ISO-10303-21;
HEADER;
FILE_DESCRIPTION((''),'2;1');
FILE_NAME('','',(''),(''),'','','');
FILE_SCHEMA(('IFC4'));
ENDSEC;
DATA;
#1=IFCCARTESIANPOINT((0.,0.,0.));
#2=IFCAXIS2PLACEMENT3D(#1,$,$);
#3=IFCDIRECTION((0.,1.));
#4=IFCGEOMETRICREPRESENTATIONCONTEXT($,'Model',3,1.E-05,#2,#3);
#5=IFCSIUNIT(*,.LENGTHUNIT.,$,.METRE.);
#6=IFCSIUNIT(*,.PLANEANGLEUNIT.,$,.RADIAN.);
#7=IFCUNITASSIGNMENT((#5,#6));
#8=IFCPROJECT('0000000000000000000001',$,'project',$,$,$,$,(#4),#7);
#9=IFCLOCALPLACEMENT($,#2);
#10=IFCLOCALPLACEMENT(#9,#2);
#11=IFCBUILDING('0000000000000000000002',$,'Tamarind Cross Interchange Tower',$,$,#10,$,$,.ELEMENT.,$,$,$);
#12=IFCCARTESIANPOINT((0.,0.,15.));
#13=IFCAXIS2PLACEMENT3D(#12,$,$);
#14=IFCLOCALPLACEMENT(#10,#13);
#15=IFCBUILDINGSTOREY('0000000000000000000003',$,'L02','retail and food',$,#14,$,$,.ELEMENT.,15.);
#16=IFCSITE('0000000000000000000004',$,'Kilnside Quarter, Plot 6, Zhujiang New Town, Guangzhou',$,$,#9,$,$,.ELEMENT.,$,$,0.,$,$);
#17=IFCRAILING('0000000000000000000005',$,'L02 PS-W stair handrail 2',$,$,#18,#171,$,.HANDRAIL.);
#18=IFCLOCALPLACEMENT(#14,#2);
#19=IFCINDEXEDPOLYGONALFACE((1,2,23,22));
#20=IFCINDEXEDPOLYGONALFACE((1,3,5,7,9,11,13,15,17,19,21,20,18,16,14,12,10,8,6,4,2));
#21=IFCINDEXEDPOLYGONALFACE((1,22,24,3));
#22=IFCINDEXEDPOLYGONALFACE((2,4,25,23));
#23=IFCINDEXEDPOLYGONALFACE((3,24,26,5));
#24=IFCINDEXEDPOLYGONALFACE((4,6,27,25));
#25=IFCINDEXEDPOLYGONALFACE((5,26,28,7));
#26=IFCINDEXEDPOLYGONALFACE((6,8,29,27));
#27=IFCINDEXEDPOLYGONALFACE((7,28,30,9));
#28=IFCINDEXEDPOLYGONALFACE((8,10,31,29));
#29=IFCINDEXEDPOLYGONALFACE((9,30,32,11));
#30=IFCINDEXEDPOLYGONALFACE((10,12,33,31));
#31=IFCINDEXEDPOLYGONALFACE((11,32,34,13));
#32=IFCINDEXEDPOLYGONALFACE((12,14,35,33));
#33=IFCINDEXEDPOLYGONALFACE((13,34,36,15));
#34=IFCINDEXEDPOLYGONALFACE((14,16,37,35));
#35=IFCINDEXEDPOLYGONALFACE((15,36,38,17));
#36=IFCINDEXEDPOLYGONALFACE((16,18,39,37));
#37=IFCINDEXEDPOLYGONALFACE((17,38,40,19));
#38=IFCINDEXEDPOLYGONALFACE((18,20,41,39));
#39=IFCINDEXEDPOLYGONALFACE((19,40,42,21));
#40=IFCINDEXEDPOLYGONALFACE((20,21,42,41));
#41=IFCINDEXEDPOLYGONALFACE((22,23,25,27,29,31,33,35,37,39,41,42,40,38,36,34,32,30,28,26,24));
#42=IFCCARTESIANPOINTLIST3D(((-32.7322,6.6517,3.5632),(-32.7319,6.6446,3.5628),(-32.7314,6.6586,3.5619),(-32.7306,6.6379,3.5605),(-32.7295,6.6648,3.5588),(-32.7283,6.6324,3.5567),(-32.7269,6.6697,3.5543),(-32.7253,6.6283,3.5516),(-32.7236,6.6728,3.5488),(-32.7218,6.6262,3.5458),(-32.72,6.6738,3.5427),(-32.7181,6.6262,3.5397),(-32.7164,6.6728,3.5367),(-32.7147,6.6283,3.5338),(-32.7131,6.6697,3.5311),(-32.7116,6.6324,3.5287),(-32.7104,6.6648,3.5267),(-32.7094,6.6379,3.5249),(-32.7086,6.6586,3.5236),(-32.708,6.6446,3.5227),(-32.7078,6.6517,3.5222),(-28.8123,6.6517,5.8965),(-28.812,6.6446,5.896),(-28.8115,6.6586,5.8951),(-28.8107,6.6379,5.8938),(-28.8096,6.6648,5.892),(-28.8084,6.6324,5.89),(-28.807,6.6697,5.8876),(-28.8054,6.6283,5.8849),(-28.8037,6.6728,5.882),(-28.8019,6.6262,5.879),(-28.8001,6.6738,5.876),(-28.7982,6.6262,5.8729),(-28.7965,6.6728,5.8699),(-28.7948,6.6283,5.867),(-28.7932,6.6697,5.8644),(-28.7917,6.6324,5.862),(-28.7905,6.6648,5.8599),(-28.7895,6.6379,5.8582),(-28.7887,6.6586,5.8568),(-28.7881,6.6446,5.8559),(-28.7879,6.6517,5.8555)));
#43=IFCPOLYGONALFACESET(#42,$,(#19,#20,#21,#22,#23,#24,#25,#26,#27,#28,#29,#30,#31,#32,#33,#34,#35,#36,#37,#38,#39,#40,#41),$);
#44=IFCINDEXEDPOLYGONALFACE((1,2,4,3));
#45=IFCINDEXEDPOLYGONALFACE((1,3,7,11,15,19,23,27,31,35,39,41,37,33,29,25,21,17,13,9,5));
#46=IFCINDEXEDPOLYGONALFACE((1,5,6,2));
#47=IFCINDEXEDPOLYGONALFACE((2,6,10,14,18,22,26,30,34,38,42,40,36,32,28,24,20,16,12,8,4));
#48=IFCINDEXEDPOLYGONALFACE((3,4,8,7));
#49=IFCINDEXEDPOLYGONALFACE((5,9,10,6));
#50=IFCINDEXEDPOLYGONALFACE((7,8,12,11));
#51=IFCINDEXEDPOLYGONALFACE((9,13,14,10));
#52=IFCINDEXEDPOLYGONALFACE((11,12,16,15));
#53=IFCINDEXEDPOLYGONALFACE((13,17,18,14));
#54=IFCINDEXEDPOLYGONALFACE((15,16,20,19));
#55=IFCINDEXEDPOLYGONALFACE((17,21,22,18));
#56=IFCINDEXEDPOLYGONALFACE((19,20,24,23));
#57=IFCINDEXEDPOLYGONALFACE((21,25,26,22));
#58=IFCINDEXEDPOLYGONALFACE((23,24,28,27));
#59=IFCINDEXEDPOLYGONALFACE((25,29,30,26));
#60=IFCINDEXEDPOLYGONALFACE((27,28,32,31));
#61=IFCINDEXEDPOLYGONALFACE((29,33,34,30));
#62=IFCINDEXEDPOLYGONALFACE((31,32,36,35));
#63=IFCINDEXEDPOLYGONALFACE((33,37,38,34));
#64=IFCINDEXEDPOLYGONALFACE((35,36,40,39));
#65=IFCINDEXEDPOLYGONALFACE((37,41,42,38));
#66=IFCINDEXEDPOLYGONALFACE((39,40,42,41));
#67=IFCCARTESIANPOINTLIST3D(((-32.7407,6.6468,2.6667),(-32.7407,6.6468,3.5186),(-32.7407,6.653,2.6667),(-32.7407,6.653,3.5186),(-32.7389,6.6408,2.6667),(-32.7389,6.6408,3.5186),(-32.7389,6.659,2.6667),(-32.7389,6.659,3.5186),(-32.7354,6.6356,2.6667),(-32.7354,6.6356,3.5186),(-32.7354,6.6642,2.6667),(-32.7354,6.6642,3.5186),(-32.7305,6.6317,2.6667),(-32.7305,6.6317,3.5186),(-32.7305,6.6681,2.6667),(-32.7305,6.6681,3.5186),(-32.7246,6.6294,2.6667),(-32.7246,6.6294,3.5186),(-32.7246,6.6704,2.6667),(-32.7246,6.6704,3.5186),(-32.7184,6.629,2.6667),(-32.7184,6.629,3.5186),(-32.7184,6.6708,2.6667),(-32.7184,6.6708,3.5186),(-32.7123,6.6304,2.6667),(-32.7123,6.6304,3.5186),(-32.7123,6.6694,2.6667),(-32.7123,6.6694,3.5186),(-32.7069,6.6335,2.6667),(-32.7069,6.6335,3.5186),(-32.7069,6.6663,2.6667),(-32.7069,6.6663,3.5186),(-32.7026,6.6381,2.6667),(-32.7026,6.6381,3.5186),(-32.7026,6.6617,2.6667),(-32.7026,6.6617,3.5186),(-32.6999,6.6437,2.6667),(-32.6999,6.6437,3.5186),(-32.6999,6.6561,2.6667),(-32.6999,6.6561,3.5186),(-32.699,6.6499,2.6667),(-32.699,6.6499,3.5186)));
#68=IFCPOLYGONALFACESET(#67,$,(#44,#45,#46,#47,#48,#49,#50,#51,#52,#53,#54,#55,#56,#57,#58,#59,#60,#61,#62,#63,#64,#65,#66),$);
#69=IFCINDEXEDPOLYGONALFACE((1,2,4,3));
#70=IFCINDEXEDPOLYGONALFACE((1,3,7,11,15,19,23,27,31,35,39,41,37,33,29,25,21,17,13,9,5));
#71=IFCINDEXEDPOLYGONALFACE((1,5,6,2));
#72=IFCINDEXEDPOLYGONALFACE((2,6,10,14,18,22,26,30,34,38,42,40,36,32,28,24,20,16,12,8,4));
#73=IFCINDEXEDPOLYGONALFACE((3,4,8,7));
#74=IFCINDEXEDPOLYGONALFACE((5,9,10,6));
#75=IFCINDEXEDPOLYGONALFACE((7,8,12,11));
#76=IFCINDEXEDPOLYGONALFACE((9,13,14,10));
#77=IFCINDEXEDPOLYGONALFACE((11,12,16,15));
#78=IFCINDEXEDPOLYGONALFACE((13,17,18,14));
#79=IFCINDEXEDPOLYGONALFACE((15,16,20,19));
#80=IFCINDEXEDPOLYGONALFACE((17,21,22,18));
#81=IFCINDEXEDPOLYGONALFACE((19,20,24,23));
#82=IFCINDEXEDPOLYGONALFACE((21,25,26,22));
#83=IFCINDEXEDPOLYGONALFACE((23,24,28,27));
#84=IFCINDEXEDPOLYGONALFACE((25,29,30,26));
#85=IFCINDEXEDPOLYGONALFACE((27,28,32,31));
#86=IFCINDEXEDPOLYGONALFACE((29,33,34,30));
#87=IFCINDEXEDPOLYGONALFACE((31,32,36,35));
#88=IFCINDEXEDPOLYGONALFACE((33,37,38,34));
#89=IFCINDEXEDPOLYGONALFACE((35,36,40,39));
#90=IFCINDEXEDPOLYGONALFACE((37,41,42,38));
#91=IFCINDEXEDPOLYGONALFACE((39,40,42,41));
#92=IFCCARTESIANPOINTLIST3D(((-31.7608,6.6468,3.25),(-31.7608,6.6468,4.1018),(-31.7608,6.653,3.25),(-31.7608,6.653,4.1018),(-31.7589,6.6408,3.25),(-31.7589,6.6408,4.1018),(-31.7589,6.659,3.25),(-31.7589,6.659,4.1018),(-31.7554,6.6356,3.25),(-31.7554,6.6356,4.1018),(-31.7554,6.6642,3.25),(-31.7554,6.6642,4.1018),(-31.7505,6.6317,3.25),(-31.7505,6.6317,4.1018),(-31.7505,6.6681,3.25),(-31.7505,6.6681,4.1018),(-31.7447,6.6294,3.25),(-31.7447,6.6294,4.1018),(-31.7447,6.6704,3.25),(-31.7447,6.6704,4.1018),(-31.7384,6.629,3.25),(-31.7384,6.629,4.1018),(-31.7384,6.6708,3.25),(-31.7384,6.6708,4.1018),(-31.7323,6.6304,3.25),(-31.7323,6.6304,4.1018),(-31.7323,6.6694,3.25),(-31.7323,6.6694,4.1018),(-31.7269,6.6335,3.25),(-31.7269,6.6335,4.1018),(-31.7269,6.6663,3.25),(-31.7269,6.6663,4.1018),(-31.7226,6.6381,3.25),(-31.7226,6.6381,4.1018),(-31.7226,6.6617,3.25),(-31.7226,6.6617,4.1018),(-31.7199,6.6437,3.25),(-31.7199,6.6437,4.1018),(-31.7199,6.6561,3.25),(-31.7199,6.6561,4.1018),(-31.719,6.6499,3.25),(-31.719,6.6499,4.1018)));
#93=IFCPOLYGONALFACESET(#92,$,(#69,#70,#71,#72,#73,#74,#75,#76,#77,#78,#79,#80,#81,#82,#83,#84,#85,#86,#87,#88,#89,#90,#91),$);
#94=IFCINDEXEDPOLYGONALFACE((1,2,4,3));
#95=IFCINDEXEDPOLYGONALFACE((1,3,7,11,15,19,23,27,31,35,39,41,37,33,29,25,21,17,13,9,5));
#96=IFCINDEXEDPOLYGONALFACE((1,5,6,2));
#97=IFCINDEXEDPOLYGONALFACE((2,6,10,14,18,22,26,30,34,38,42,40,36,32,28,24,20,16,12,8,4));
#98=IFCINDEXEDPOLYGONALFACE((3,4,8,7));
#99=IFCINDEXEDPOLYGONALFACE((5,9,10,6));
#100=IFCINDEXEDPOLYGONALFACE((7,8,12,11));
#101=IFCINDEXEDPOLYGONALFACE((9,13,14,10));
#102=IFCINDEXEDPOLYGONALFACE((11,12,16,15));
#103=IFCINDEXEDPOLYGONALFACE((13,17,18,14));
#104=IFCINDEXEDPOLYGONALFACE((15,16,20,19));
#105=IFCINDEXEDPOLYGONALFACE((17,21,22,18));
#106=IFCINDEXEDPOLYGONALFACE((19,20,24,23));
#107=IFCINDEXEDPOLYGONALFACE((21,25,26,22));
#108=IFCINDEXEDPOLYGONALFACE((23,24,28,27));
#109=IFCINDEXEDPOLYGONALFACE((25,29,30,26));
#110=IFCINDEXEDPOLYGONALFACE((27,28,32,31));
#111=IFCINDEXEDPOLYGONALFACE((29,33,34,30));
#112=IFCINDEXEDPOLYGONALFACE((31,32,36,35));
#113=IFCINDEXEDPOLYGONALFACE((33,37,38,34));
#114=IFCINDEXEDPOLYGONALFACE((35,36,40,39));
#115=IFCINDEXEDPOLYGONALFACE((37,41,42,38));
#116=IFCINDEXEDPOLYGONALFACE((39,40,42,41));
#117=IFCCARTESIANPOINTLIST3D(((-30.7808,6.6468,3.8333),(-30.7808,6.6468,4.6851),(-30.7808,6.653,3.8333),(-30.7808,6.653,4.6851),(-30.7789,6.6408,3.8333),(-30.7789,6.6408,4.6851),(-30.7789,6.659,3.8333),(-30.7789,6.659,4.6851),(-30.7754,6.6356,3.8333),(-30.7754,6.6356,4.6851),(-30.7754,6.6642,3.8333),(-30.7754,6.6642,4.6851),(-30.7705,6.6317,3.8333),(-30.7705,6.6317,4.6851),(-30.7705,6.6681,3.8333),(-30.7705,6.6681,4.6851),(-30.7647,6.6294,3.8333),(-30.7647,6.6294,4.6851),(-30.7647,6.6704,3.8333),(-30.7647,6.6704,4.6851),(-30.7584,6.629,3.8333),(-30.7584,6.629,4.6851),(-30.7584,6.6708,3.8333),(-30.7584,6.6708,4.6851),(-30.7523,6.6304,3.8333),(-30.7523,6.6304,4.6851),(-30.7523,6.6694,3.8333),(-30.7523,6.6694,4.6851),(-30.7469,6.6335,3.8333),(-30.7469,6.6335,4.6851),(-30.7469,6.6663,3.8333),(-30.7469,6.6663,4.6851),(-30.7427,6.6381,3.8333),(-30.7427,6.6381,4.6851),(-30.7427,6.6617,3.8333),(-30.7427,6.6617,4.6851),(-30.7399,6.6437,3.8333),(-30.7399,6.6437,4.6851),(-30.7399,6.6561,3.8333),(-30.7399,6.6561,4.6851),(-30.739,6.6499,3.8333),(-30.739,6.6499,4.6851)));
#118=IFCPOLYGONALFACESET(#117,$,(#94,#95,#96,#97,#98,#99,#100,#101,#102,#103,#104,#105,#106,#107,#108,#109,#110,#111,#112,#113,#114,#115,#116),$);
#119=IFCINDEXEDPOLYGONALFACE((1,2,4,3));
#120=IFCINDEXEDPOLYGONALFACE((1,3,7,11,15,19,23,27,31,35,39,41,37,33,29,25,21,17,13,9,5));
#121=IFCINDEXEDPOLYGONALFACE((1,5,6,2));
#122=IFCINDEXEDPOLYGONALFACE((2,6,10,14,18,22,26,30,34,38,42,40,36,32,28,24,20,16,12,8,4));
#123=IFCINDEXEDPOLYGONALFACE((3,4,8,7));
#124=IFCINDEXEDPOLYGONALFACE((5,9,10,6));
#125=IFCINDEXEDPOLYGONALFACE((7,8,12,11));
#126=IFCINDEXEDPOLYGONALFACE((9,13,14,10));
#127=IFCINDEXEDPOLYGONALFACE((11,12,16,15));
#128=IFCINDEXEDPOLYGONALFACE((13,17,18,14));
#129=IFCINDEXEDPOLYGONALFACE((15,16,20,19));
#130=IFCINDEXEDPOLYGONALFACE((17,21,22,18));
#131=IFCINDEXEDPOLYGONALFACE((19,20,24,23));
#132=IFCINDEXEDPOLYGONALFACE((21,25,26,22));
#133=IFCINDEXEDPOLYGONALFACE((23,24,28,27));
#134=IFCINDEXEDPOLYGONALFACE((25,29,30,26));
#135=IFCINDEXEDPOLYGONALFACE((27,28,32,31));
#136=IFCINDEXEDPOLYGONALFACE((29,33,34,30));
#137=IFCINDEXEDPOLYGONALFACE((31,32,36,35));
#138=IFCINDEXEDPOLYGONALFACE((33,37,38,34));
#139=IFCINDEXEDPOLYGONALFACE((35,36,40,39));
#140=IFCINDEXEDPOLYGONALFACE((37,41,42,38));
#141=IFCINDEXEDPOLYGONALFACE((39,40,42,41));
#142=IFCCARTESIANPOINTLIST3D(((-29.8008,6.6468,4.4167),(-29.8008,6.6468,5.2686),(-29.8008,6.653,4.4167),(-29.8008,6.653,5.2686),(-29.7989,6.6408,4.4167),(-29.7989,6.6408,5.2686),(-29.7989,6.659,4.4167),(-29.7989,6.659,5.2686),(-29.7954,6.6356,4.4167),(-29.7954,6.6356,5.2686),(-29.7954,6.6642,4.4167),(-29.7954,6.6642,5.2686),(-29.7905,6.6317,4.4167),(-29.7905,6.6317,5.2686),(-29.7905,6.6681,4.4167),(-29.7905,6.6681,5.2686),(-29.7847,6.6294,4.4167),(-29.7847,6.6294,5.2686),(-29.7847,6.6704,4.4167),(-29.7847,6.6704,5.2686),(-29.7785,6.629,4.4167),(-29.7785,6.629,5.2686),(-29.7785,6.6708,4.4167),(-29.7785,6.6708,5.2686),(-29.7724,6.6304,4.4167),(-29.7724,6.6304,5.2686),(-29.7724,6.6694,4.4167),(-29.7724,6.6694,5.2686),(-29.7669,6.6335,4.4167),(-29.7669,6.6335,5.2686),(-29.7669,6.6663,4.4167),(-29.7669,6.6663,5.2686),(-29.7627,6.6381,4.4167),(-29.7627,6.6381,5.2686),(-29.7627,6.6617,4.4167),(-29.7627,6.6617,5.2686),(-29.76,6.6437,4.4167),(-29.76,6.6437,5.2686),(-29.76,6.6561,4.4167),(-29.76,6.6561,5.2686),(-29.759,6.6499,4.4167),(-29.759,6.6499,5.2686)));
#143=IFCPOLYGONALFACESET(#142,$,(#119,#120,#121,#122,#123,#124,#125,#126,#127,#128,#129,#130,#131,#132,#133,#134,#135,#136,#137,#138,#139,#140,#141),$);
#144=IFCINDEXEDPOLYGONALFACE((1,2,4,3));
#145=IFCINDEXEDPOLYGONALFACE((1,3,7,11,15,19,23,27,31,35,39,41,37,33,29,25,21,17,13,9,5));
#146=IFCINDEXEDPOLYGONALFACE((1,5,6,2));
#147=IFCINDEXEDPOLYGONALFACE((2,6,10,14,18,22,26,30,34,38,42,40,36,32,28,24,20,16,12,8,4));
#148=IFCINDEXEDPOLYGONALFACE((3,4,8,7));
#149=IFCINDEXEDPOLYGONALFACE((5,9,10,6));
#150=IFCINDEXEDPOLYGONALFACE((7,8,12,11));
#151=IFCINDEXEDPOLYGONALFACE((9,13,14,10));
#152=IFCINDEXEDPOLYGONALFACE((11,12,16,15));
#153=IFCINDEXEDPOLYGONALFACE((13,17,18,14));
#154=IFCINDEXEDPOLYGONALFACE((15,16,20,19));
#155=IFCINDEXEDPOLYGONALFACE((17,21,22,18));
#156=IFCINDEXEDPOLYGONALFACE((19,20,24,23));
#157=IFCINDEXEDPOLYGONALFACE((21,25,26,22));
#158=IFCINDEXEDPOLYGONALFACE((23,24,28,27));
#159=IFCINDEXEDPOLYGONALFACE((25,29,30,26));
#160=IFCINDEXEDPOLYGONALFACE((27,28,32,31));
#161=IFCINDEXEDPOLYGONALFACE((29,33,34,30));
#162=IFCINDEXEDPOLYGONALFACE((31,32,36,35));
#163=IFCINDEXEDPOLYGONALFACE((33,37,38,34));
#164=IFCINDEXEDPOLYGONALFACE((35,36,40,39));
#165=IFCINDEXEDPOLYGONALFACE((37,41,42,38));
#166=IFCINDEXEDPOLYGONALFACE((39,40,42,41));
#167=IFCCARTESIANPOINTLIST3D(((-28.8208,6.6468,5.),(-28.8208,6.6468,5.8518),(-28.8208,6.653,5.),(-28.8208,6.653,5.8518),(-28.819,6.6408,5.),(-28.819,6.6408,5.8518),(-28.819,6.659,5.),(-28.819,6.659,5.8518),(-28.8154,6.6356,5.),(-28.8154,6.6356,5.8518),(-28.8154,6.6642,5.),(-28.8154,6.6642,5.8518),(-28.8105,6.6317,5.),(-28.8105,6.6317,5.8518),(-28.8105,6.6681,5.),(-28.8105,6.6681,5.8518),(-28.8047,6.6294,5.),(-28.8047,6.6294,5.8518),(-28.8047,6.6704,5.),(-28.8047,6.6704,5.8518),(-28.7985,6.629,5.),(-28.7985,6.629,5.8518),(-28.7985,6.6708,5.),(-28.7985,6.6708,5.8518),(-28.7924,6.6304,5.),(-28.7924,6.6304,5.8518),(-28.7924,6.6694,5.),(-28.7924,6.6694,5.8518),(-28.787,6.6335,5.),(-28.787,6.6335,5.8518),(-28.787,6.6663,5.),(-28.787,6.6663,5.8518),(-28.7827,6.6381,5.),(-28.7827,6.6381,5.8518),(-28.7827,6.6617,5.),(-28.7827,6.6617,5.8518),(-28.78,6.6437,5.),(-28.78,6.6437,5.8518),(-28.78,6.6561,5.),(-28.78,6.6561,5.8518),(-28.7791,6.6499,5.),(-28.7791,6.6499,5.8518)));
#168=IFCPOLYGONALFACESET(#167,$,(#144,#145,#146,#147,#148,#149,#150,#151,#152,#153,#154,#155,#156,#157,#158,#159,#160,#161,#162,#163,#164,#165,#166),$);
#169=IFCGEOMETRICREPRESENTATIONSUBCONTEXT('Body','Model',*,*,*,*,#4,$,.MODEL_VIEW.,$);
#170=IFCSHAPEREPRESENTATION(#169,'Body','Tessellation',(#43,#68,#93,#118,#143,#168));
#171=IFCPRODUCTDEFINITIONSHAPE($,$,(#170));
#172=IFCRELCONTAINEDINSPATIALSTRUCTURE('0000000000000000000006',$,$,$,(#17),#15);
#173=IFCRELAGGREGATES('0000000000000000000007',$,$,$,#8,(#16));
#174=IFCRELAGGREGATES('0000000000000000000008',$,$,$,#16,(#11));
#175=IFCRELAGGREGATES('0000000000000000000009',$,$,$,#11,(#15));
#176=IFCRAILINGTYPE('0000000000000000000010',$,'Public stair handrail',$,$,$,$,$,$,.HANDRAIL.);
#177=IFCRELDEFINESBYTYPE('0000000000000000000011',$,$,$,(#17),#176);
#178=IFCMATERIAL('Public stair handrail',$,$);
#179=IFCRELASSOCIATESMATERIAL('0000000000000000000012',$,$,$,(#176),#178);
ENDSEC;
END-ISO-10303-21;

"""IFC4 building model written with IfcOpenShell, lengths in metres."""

from ifc_helpers import new_model, si_unit, direction, frame, origin, origin_2d, place, context, subcontext, project, spatial, circle, extrude, material, type_object, element, save


model = new_model("IFC4")

# Units and contexts
model_context = context("Model", 3, precision=1e-05, world=origin(), true_north=direction((0.0, 1.0)))
body_context = subcontext(model_context, "Body", "Model", "MODEL_VIEW")
ifc_project = project(units=[si_unit("LENGTHUNIT", "METRE"), si_unit("PLANEANGLEUNIT", "RADIAN")], contexts=[model_context])

# Site, building, storey
site_placement = place(None, origin())
site = spatial("IfcSite", under=ifc_project, at=site_placement, Name="Kilnside Quarter, Plot 6, Zhujiang New Town, Guangzhou", CompositionType="ELEMENT", RefElevation=0.0)
building_placement = place(site_placement, origin())
building = spatial("IfcBuilding", under=site, at=building_placement, Name="Tamarind Cross Interchange Tower", CompositionType="ELEMENT")
storey_placement = place(building_placement, frame((0.0, 0.0, 15.0)))
storey = spatial("IfcBuildingStorey", under=building, at=storey_placement, Name="L02", Description="retail and food", CompositionType="ELEMENT", Elevation=15.0)

# Railing
ifc_material_1 = material(Name="Public stair handrail")
railing_type_1 = type_object("IfcRailingType", Name="Public stair handrail", PredefinedType="HANDRAIL", material=ifc_material_1)
railing_1_placement = place(storey_placement, frame((-32.72, 6.6499, 2.6667)))
element("IfcRailing", 1, at=railing_1_placement, inside=storey, type_object=railing_type_1, Name="L02 PS-W stair handrail 2", PredefinedType="HANDRAIL", context=body_context, shape_type="SweptSolid", body=[
    extrude(circle(Radius=0.0239, at=origin_2d()), frame((0.0, 0.0, 0.876), z_axis=(0.859296, 0.0, 0.511478), x_axis=(0.0, 1.0, 0.0)), (0.0, 0.0, 1.0), 4.5618),
    extrude(circle(Radius=0.021, at=origin_2d()), origin(), (0.0, 0.0, 1.0), 0.8518),
    extrude(circle(Radius=0.021, at=origin_2d()), frame((0.98, 0.0, 0.5833)), (0.0, 0.0, 1.0), 0.8518),
    extrude(circle(Radius=0.021, at=origin_2d()), frame((1.96, 0.0, 1.1665)), (0.0, 0.0, 1.0), 0.8518),
    extrude(circle(Radius=0.021, at=origin_2d()), frame((2.9399, 0.0, 1.75)), (0.0, 0.0, 1.0), 0.8518),
    extrude(circle(Radius=0.021, at=origin_2d()), frame((3.9199, 0.0, 2.3333)), (0.0, 0.0, 1.0), 0.8518),
])

save(model, "model.ifc")
